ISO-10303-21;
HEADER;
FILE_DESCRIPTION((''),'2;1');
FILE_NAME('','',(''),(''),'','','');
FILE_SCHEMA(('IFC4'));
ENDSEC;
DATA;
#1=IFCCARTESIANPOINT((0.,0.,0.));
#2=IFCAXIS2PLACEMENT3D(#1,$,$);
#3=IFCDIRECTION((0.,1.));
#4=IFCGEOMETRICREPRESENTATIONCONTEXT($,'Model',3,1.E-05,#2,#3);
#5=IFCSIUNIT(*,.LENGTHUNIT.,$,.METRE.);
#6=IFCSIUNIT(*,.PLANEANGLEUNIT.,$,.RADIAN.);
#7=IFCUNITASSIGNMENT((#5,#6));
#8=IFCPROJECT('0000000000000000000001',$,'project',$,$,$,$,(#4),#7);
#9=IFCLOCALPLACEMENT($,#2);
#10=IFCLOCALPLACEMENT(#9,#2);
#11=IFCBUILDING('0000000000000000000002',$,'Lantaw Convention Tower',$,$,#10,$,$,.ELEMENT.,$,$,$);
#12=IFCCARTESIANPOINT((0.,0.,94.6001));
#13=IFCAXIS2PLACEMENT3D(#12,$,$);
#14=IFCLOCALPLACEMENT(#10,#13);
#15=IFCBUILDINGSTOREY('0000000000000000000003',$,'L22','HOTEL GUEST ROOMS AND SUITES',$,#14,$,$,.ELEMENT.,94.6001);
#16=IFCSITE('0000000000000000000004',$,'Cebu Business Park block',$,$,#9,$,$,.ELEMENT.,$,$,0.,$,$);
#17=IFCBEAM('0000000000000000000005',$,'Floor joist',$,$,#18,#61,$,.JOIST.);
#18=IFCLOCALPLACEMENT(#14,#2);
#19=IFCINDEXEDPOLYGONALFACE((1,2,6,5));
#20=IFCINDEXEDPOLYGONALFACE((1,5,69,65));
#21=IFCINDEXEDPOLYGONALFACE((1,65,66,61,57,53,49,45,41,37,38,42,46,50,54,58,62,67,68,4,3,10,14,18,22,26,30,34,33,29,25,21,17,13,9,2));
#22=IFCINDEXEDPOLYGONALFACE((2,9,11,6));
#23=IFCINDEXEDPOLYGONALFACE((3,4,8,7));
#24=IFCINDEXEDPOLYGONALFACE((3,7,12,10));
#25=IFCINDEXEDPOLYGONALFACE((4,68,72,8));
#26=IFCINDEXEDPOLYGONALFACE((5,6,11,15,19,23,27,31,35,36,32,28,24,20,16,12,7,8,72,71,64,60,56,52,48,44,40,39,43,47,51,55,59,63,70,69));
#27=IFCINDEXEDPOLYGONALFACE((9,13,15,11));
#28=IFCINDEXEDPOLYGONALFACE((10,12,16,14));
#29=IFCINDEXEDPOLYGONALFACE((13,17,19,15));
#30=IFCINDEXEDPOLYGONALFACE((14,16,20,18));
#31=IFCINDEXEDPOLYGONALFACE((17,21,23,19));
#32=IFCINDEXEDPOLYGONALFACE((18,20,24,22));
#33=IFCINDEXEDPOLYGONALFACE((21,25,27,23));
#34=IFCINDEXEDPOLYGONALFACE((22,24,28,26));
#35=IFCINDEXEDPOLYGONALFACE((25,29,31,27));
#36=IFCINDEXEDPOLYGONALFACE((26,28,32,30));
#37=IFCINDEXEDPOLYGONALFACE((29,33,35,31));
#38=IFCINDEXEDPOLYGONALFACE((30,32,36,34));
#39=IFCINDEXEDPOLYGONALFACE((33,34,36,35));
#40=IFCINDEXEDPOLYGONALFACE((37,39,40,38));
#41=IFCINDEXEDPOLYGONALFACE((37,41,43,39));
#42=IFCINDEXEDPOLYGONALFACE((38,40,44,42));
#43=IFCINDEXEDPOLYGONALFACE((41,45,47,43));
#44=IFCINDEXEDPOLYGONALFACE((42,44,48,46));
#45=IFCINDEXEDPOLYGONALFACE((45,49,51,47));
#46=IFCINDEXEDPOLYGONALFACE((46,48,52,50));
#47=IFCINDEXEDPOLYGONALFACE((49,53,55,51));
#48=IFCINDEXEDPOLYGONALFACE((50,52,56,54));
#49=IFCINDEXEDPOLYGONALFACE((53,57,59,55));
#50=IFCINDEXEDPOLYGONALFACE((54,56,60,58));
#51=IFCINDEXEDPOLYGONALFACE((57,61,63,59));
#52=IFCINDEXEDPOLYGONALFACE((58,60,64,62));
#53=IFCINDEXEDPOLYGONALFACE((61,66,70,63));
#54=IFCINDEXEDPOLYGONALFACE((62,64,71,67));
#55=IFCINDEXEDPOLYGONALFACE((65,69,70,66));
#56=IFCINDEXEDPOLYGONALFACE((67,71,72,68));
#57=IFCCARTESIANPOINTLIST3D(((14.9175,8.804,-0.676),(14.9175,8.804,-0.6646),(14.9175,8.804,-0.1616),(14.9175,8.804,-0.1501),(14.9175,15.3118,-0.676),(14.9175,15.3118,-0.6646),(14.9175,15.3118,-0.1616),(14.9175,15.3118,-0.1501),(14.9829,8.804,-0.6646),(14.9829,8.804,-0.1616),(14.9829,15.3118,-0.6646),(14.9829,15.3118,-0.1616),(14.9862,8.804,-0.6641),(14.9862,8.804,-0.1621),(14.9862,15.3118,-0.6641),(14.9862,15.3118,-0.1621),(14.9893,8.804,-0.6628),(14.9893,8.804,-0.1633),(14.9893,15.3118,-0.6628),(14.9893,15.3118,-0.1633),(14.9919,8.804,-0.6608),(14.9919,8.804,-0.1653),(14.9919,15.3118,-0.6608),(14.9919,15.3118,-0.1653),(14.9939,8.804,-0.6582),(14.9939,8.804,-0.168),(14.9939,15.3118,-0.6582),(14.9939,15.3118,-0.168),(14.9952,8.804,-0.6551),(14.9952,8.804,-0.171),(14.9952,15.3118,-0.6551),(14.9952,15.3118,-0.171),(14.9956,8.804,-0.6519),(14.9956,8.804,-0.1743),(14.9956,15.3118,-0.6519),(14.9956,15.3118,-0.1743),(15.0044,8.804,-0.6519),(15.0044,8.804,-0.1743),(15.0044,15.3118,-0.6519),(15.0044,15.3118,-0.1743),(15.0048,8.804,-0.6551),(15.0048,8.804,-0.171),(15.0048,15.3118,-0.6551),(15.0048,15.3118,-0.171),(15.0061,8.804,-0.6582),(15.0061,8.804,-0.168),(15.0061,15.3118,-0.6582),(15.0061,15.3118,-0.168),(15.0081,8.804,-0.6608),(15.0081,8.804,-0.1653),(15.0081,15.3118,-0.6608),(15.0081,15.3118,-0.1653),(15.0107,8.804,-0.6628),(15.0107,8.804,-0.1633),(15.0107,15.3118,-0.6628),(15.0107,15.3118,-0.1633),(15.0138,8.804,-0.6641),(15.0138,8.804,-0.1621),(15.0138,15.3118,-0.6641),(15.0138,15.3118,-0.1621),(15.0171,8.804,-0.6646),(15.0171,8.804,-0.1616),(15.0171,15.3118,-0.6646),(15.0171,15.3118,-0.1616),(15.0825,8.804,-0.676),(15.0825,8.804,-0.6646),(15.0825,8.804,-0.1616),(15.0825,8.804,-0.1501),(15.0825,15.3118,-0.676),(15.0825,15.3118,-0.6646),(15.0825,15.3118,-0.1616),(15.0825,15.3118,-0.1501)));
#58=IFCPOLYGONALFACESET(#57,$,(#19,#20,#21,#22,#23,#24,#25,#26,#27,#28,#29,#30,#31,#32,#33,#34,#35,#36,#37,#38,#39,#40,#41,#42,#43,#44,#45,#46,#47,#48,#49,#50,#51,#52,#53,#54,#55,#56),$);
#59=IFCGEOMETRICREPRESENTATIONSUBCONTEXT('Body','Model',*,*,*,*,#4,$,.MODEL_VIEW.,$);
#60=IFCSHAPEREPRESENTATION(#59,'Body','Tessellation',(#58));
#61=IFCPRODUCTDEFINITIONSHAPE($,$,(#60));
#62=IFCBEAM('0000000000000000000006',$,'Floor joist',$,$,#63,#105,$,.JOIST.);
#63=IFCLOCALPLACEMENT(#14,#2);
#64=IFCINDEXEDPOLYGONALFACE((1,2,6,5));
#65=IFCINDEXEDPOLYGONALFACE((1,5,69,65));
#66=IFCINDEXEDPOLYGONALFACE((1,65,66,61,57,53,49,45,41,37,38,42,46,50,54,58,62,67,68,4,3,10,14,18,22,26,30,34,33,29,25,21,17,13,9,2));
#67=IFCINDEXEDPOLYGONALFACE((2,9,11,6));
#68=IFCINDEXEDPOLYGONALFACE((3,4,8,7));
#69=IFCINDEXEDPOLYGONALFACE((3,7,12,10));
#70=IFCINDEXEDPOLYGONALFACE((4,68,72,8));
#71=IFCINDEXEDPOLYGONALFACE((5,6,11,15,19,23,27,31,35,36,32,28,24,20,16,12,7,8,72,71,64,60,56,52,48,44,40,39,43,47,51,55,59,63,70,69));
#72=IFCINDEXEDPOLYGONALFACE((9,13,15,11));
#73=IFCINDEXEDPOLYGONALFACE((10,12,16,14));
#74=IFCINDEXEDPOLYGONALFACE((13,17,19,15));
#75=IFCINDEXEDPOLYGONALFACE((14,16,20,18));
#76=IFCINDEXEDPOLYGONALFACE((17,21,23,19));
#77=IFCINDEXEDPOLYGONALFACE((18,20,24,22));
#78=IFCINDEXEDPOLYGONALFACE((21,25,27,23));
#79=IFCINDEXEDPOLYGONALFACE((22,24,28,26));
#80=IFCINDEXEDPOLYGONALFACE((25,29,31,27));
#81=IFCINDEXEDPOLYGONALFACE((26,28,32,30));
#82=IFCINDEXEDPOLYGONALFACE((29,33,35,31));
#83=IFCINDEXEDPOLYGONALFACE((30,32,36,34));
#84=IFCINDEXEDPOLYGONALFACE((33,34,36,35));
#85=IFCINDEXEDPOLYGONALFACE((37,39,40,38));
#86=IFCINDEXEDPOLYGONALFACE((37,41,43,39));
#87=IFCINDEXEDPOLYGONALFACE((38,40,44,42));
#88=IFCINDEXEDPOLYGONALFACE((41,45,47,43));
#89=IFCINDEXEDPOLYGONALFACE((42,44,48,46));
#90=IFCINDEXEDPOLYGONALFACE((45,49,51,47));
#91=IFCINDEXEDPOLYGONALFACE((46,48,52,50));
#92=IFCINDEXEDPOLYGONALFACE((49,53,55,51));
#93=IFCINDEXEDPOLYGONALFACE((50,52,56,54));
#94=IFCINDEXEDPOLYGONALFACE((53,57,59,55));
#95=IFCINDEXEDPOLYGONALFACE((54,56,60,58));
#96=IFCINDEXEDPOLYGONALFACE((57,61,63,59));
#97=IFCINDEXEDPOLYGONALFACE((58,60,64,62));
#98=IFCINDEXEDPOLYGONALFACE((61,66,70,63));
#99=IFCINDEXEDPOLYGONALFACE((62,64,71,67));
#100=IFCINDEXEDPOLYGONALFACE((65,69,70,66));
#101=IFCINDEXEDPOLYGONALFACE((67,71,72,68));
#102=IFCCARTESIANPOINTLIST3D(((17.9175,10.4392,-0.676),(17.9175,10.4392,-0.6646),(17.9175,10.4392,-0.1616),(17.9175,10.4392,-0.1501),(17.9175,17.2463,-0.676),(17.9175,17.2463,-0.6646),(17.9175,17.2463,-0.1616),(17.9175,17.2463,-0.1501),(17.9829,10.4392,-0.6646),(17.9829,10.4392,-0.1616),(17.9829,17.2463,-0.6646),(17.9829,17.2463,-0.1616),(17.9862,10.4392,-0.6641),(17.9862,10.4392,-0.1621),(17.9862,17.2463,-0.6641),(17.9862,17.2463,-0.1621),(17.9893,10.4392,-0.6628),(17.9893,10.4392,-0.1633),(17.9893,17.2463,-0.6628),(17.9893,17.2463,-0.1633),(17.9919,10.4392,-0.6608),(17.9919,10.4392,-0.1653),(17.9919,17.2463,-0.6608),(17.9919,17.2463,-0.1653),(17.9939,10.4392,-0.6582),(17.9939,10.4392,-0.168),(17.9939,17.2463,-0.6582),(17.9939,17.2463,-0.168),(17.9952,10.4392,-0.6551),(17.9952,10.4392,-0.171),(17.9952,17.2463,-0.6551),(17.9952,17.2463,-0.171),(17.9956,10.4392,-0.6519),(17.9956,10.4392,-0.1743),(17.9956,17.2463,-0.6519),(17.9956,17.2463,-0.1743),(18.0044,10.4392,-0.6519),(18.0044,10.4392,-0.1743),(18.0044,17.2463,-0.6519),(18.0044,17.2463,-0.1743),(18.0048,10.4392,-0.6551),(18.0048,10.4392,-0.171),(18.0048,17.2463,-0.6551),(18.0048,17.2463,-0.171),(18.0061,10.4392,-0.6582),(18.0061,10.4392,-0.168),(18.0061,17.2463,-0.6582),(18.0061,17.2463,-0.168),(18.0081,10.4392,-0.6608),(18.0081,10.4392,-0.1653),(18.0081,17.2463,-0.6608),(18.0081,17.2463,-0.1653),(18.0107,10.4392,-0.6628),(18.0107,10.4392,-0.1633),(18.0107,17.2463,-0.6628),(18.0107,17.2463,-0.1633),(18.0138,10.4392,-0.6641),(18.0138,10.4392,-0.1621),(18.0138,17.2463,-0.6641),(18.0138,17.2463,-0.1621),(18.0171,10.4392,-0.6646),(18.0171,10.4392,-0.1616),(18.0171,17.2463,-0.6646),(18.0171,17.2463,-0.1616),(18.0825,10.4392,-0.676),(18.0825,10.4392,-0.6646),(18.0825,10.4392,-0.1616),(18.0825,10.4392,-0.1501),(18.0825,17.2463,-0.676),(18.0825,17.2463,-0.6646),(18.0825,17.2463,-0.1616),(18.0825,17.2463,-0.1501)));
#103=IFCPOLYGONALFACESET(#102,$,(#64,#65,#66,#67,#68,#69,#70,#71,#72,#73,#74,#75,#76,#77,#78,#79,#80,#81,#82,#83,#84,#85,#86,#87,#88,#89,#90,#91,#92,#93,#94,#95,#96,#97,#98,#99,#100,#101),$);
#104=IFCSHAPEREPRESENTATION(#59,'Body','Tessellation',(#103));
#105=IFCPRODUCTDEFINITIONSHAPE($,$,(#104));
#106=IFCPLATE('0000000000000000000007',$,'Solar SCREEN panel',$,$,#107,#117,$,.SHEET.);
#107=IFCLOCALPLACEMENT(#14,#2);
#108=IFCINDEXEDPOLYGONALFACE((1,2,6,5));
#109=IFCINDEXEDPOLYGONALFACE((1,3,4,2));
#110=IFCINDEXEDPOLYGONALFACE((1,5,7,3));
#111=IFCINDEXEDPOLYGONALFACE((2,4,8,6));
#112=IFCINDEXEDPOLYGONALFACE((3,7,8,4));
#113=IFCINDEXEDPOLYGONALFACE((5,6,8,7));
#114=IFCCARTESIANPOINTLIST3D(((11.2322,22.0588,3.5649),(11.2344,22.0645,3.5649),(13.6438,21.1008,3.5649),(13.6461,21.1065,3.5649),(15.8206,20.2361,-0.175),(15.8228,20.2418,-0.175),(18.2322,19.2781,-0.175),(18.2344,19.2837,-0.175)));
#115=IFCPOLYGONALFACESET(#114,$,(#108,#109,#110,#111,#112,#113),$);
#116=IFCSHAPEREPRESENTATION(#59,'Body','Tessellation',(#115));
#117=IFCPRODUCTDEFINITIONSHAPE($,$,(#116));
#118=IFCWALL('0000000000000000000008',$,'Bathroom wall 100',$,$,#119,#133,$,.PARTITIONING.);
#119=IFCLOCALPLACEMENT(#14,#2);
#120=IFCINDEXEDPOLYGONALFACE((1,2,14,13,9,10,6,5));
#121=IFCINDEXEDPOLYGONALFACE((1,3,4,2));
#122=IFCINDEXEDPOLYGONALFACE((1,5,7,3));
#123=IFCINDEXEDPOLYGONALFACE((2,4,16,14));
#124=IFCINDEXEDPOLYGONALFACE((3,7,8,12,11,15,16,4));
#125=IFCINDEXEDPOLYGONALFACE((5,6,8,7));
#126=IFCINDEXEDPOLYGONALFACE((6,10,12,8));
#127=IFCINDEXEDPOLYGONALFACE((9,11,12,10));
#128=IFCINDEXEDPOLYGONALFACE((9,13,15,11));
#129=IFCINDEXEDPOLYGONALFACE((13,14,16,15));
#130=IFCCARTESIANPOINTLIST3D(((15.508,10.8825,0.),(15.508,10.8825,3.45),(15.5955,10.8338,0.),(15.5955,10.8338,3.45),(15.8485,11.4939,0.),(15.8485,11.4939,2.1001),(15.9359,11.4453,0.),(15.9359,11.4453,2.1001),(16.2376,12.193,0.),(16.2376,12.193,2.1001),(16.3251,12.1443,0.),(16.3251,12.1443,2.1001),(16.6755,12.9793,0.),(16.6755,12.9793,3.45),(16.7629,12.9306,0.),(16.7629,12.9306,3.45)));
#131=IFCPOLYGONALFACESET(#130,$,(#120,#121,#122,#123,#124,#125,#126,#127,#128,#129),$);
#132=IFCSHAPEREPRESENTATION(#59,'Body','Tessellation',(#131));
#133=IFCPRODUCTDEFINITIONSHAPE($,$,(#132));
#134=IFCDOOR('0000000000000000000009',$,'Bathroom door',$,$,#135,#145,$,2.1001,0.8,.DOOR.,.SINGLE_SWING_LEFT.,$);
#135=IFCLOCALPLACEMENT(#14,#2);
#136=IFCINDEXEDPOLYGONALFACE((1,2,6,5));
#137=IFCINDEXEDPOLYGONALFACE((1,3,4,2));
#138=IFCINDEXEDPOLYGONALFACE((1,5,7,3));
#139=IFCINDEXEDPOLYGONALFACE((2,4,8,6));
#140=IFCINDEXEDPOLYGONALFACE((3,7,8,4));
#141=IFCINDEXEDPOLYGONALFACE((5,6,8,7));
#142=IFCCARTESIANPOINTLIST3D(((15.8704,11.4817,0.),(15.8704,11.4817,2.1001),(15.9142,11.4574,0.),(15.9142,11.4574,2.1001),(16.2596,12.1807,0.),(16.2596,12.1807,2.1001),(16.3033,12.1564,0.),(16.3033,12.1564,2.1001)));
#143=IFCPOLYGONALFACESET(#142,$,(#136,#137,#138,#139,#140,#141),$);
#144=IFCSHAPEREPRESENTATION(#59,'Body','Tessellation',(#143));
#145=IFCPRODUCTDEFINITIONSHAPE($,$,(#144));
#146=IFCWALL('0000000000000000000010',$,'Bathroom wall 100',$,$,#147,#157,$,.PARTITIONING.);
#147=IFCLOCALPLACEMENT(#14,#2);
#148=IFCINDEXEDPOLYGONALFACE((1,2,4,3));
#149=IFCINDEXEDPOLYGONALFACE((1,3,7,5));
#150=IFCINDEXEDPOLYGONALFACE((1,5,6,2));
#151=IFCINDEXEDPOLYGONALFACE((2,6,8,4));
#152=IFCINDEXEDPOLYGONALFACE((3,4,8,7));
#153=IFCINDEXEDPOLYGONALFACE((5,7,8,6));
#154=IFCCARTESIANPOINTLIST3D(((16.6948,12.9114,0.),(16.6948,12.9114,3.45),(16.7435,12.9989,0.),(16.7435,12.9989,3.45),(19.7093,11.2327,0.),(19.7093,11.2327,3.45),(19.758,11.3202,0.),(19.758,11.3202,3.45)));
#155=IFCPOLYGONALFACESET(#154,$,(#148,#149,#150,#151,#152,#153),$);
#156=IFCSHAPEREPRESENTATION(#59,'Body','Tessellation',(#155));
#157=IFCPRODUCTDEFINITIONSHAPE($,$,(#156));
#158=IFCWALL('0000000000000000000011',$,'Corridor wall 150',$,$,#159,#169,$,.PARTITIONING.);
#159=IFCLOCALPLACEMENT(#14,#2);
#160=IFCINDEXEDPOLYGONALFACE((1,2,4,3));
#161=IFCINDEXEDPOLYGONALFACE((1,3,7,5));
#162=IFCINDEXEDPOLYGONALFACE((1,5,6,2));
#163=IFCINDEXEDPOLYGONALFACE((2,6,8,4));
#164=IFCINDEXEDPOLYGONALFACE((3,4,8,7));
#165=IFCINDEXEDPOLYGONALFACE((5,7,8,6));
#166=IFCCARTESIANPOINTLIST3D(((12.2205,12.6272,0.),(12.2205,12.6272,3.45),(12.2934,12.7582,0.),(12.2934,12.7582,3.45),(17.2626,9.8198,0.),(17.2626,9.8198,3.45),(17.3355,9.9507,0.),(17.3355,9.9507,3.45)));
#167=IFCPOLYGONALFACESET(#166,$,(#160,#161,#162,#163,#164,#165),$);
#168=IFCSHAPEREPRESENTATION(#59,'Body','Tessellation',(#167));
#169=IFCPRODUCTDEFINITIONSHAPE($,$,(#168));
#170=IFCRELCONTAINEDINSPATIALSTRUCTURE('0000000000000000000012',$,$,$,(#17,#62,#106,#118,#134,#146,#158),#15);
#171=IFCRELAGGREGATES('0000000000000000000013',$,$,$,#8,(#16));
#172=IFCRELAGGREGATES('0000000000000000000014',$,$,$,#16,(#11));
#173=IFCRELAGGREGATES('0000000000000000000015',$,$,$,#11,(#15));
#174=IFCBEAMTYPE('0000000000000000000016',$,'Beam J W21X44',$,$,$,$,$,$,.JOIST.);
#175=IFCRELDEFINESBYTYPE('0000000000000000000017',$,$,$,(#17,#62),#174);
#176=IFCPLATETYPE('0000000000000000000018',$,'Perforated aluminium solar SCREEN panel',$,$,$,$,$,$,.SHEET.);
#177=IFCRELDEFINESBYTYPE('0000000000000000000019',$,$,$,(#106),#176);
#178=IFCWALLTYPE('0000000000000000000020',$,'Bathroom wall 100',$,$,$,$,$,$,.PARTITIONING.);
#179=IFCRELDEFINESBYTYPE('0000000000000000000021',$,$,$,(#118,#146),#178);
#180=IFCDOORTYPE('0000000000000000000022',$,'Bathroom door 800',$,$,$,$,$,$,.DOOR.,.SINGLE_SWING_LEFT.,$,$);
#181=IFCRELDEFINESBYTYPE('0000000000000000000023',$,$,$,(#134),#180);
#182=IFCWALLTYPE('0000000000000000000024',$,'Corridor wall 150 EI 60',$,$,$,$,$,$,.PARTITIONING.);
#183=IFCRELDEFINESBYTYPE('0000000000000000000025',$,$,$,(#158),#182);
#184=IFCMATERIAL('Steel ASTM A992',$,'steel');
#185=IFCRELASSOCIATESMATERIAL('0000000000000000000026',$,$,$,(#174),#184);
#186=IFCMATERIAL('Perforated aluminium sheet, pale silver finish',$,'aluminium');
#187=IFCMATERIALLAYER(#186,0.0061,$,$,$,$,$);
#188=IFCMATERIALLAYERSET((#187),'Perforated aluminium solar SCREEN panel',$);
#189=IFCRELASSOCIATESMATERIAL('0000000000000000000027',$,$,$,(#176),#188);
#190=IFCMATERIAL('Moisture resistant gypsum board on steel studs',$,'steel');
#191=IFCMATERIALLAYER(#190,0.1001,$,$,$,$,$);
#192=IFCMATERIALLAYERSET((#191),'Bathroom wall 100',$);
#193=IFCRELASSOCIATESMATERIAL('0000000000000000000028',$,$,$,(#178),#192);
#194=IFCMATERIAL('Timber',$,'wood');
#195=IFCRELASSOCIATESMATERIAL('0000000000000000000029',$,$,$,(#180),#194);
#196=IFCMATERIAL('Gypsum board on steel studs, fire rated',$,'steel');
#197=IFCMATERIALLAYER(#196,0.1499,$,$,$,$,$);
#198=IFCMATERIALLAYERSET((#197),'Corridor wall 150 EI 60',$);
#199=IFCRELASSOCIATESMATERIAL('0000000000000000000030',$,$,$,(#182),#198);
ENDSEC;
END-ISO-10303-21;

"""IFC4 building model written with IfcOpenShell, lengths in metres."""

from ifc_helpers import new_model, si_unit, direction, frame, frame_2d, origin, origin_2d, place, context, subcontext, project, spatial, polyline, rectangle, i_section, outline, extrude, material, layer, layer_set, material_profile, profile_set, type_object, element, fill, save


model = new_model("IFC4")

# Units and contexts
model_context = context("Model", 3, precision=1e-05, world=origin(), true_north=direction((0.0, 1.0)))
body_context = subcontext(model_context, "Body", "Model", "MODEL_VIEW")
ifc_project = project(units=[si_unit("LENGTHUNIT", "METRE"), si_unit("PLANEANGLEUNIT", "RADIAN")], contexts=[model_context])

# Site, building, storey
site_placement = place(None, origin())
site = spatial("IfcSite", under=ifc_project, at=site_placement, Name="Cebu Business Park block", CompositionType="ELEMENT", RefElevation=0.0)
building_placement = place(site_placement, origin())
building = spatial("IfcBuilding", under=site, at=building_placement, Name="Lantaw Convention Tower", CompositionType="ELEMENT")
storey_placement = place(building_placement, frame((0.0, 0.0, 94.6001)))
storey = spatial("IfcBuildingStorey", under=building, at=storey_placement, Name="L22", Description="HOTEL GUEST ROOMS AND SUITES", CompositionType="ELEMENT", Elevation=94.6001)

# Beams
ifc_material_1 = material(Name="Steel ASTM A992", Category="steel")
ifc_material_profile_1 = material_profile(ifc_material_1, i_section(OverallWidth=0.165, OverallDepth=0.5259, WebThickness=0.0088, FlangeThickness=0.0115, FilletRadius=0.0127, at=origin_2d()), Name="W21X44")
ifc_profile_set_1 = profile_set([ifc_material_profile_1], Name="Steel ASTM A992")
beam_type_1 = type_object("IfcBeamType", Name="Beam J W21X44", PredefinedType="JOIST", material=ifc_profile_set_1)
beam_1_placement = place(storey_placement, frame((15.0, 8.804, -0.4131), z_axis=(0.0, 1.0, 0.0), x_axis=(-1.0, 0.0, 0.0)))
element("IfcBeam", 1, at=beam_1_placement, inside=storey, type_object=beam_type_1, Name="Floor joist", PredefinedType="JOIST", context=body_context, shape_type="SweptSolid", body=[
    extrude(i_section(OverallWidth=0.165, OverallDepth=0.5259, WebThickness=0.0088, FlangeThickness=0.0115, FilletRadius=0.0127, at=origin_2d()), origin(), (0.0, 0.0, 1.0), 6.5078),
])
beam_2_placement = place(storey_placement, frame((18.0, 10.4392, -0.4131), z_axis=(0.0, 1.0, 0.0), x_axis=(-1.0, 0.0, 0.0)))
element("IfcBeam", 2, at=beam_2_placement, inside=storey, type_object=beam_type_1, Name="Floor joist", PredefinedType="JOIST", context=body_context, shape_type="SweptSolid", body=[
    extrude(i_section(OverallWidth=0.165, OverallDepth=0.5259, WebThickness=0.0088, FlangeThickness=0.0115, FilletRadius=0.0127, at=origin_2d()), origin(), (0.0, 0.0, 1.0), 6.8071),
])

# Plate
ifc_material_2 = material(Name="Perforated aluminium sheet, pale silver finish", Category="aluminium")
ifc_layer_1 = layer(ifc_material_2, 0.0061)
ifc_layer_set_1 = layer_set([ifc_layer_1], Name="Perforated aluminium solar SCREEN panel")
plate_type = type_object("IfcPlateType", Name="Perforated aluminium solar SCREEN panel", PredefinedType="SHEET", material=ifc_layer_set_1)
plate_placement = place(storey_placement, frame((18.2322, 19.2781, -0.175), z_axis=(-0.369184, -0.929357, 0.000009), x_axis=(-0.929357, 0.369184, 0.0)))
element("IfcPlate", 3, at=plate_placement, inside=storey, type_object=plate_type, Name="Solar SCREEN panel", PredefinedType="SHEET", context=body_context, shape_type="SweptSolid", body=[
    extrude(outline(polyline([(0.0, 0.0), (2.5949, 0.0), (7.5321, -3.74), (4.9372, -3.74), (0.0, 0.0)])), origin(), (0.0, 0.0, -1.0), 0.0061),
])

# Wall, opening, door
ifc_material_3 = material(Name="Moisture resistant gypsum board on steel studs", Category="steel")
ifc_layer_2 = layer(ifc_material_3, 0.1001)
ifc_layer_set_2 = layer_set([ifc_layer_2], Name="Bathroom wall 100")
wall_type_1 = type_object("IfcWallType", Name="Bathroom wall 100", PredefinedType="PARTITIONING", material=ifc_layer_set_2)
wall_1_placement = place(storey_placement, frame((15.5518, 10.8582, 0.0), z_axis=(0.0, 0.0, 1.0), x_axis=(0.486446, 0.873711, 0.0)))
wall_1 = element("IfcWall", 4, at=wall_1_placement, inside=storey, type_object=wall_type_1, Name="Bathroom wall 100", PredefinedType="PARTITIONING", context=body_context, shape_type="SweptSolid", body=[
    extrude(rectangle(XDim=2.3999, YDim=0.1001, at=frame_2d((1.2, 0.0))), origin(), (0.0, 0.0, 1.0), 3.45),
])
opening_1_placement = place(wall_1_placement, frame((0.7, 0.0, 0.0)))
opening_1 = element("IfcOpeningElement", 5, at=opening_1_placement, cuts=wall_1, PredefinedType="OPENING", context=body_context, shape_type="SweptSolid", body=[
    extrude(rectangle(XDim=0.8, YDim=2.1001, at=frame_2d((0.3999, 1.05))), frame((0.0, 0.0601, 0.0), z_axis=(0.0, -1.0, 0.0), x_axis=(1.0, 0.0, 0.0)), (0.0, 0.0, 1.0), 0.1201),
])
ifc_material_4 = material(Name="Timber", Category="wood")
door_type_1 = type_object("IfcDoorType", Name="Bathroom door 800", OperationType="SINGLE_SWING_LEFT", PredefinedType="DOOR", material=ifc_material_4)
door_1_placement = place(opening_1_placement, origin())
door_1 = element("IfcDoor", 6, at=door_1_placement, inside=storey, type_object=door_type_1, Name="Bathroom door", OperationType="SINGLE_SWING_LEFT", OverallHeight=2.1001, OverallWidth=0.8, PredefinedType="DOOR", context=body_context, shape_type="SweptSolid", body=[
    extrude(rectangle(XDim=0.8, YDim=2.1001, at=frame_2d((0.3999, 1.05))), frame((0.0, 0.0249, 0.0), z_axis=(0.0, -1.0, 0.0), x_axis=(1.0, 0.0, 0.0)), (0.0, 0.0, 1.0), 0.05),
])
fill(opening_1, door_1)

# Walls
wall_2_placement = place(storey_placement, frame((16.7192, 12.9551, 0.0), z_axis=(0.0, 0.0, 1.0), x_axis=(0.873676, -0.486508, 0.0)))
element("IfcWall", 7, at=wall_2_placement, inside=storey, type_object=wall_type_1, Name="Bathroom wall 100", PredefinedType="PARTITIONING", context=body_context, shape_type="SweptSolid", body=[
    extrude(rectangle(XDim=3.4504, YDim=0.1001, at=frame_2d((1.7251, 0.0))), origin(), (0.0, 0.0, 1.0), 3.45),
])
ifc_material_5 = material(Name="Gypsum board on steel studs, fire rated", Category="steel")
ifc_layer_3 = layer(ifc_material_5, 0.1499)
ifc_layer_set_3 = layer_set([ifc_layer_3], Name="Corridor wall 150 EI 60")
wall_type_2 = type_object("IfcWallType", Name="Corridor wall 150 EI 60", PredefinedType="PARTITIONING", material=ifc_layer_set_3)
wall_3_placement = place(storey_placement, frame((17.2991, 9.8853, 0.0), z_axis=(0.0, 0.0, 1.0), x_axis=(-0.873696, 0.486472, 0.0)))
element("IfcWall", 8, at=wall_3_placement, inside=storey, type_object=wall_type_2, Name="Corridor wall 150", PredefinedType="PARTITIONING", context=body_context, shape_type="SweptSolid", body=[
    extrude(rectangle(XDim=5.771, YDim=0.1499, at=frame_2d((2.8855, 0.0))), origin(), (0.0, 0.0, 1.0), 3.45),
])

save(model, "model.ifc")
